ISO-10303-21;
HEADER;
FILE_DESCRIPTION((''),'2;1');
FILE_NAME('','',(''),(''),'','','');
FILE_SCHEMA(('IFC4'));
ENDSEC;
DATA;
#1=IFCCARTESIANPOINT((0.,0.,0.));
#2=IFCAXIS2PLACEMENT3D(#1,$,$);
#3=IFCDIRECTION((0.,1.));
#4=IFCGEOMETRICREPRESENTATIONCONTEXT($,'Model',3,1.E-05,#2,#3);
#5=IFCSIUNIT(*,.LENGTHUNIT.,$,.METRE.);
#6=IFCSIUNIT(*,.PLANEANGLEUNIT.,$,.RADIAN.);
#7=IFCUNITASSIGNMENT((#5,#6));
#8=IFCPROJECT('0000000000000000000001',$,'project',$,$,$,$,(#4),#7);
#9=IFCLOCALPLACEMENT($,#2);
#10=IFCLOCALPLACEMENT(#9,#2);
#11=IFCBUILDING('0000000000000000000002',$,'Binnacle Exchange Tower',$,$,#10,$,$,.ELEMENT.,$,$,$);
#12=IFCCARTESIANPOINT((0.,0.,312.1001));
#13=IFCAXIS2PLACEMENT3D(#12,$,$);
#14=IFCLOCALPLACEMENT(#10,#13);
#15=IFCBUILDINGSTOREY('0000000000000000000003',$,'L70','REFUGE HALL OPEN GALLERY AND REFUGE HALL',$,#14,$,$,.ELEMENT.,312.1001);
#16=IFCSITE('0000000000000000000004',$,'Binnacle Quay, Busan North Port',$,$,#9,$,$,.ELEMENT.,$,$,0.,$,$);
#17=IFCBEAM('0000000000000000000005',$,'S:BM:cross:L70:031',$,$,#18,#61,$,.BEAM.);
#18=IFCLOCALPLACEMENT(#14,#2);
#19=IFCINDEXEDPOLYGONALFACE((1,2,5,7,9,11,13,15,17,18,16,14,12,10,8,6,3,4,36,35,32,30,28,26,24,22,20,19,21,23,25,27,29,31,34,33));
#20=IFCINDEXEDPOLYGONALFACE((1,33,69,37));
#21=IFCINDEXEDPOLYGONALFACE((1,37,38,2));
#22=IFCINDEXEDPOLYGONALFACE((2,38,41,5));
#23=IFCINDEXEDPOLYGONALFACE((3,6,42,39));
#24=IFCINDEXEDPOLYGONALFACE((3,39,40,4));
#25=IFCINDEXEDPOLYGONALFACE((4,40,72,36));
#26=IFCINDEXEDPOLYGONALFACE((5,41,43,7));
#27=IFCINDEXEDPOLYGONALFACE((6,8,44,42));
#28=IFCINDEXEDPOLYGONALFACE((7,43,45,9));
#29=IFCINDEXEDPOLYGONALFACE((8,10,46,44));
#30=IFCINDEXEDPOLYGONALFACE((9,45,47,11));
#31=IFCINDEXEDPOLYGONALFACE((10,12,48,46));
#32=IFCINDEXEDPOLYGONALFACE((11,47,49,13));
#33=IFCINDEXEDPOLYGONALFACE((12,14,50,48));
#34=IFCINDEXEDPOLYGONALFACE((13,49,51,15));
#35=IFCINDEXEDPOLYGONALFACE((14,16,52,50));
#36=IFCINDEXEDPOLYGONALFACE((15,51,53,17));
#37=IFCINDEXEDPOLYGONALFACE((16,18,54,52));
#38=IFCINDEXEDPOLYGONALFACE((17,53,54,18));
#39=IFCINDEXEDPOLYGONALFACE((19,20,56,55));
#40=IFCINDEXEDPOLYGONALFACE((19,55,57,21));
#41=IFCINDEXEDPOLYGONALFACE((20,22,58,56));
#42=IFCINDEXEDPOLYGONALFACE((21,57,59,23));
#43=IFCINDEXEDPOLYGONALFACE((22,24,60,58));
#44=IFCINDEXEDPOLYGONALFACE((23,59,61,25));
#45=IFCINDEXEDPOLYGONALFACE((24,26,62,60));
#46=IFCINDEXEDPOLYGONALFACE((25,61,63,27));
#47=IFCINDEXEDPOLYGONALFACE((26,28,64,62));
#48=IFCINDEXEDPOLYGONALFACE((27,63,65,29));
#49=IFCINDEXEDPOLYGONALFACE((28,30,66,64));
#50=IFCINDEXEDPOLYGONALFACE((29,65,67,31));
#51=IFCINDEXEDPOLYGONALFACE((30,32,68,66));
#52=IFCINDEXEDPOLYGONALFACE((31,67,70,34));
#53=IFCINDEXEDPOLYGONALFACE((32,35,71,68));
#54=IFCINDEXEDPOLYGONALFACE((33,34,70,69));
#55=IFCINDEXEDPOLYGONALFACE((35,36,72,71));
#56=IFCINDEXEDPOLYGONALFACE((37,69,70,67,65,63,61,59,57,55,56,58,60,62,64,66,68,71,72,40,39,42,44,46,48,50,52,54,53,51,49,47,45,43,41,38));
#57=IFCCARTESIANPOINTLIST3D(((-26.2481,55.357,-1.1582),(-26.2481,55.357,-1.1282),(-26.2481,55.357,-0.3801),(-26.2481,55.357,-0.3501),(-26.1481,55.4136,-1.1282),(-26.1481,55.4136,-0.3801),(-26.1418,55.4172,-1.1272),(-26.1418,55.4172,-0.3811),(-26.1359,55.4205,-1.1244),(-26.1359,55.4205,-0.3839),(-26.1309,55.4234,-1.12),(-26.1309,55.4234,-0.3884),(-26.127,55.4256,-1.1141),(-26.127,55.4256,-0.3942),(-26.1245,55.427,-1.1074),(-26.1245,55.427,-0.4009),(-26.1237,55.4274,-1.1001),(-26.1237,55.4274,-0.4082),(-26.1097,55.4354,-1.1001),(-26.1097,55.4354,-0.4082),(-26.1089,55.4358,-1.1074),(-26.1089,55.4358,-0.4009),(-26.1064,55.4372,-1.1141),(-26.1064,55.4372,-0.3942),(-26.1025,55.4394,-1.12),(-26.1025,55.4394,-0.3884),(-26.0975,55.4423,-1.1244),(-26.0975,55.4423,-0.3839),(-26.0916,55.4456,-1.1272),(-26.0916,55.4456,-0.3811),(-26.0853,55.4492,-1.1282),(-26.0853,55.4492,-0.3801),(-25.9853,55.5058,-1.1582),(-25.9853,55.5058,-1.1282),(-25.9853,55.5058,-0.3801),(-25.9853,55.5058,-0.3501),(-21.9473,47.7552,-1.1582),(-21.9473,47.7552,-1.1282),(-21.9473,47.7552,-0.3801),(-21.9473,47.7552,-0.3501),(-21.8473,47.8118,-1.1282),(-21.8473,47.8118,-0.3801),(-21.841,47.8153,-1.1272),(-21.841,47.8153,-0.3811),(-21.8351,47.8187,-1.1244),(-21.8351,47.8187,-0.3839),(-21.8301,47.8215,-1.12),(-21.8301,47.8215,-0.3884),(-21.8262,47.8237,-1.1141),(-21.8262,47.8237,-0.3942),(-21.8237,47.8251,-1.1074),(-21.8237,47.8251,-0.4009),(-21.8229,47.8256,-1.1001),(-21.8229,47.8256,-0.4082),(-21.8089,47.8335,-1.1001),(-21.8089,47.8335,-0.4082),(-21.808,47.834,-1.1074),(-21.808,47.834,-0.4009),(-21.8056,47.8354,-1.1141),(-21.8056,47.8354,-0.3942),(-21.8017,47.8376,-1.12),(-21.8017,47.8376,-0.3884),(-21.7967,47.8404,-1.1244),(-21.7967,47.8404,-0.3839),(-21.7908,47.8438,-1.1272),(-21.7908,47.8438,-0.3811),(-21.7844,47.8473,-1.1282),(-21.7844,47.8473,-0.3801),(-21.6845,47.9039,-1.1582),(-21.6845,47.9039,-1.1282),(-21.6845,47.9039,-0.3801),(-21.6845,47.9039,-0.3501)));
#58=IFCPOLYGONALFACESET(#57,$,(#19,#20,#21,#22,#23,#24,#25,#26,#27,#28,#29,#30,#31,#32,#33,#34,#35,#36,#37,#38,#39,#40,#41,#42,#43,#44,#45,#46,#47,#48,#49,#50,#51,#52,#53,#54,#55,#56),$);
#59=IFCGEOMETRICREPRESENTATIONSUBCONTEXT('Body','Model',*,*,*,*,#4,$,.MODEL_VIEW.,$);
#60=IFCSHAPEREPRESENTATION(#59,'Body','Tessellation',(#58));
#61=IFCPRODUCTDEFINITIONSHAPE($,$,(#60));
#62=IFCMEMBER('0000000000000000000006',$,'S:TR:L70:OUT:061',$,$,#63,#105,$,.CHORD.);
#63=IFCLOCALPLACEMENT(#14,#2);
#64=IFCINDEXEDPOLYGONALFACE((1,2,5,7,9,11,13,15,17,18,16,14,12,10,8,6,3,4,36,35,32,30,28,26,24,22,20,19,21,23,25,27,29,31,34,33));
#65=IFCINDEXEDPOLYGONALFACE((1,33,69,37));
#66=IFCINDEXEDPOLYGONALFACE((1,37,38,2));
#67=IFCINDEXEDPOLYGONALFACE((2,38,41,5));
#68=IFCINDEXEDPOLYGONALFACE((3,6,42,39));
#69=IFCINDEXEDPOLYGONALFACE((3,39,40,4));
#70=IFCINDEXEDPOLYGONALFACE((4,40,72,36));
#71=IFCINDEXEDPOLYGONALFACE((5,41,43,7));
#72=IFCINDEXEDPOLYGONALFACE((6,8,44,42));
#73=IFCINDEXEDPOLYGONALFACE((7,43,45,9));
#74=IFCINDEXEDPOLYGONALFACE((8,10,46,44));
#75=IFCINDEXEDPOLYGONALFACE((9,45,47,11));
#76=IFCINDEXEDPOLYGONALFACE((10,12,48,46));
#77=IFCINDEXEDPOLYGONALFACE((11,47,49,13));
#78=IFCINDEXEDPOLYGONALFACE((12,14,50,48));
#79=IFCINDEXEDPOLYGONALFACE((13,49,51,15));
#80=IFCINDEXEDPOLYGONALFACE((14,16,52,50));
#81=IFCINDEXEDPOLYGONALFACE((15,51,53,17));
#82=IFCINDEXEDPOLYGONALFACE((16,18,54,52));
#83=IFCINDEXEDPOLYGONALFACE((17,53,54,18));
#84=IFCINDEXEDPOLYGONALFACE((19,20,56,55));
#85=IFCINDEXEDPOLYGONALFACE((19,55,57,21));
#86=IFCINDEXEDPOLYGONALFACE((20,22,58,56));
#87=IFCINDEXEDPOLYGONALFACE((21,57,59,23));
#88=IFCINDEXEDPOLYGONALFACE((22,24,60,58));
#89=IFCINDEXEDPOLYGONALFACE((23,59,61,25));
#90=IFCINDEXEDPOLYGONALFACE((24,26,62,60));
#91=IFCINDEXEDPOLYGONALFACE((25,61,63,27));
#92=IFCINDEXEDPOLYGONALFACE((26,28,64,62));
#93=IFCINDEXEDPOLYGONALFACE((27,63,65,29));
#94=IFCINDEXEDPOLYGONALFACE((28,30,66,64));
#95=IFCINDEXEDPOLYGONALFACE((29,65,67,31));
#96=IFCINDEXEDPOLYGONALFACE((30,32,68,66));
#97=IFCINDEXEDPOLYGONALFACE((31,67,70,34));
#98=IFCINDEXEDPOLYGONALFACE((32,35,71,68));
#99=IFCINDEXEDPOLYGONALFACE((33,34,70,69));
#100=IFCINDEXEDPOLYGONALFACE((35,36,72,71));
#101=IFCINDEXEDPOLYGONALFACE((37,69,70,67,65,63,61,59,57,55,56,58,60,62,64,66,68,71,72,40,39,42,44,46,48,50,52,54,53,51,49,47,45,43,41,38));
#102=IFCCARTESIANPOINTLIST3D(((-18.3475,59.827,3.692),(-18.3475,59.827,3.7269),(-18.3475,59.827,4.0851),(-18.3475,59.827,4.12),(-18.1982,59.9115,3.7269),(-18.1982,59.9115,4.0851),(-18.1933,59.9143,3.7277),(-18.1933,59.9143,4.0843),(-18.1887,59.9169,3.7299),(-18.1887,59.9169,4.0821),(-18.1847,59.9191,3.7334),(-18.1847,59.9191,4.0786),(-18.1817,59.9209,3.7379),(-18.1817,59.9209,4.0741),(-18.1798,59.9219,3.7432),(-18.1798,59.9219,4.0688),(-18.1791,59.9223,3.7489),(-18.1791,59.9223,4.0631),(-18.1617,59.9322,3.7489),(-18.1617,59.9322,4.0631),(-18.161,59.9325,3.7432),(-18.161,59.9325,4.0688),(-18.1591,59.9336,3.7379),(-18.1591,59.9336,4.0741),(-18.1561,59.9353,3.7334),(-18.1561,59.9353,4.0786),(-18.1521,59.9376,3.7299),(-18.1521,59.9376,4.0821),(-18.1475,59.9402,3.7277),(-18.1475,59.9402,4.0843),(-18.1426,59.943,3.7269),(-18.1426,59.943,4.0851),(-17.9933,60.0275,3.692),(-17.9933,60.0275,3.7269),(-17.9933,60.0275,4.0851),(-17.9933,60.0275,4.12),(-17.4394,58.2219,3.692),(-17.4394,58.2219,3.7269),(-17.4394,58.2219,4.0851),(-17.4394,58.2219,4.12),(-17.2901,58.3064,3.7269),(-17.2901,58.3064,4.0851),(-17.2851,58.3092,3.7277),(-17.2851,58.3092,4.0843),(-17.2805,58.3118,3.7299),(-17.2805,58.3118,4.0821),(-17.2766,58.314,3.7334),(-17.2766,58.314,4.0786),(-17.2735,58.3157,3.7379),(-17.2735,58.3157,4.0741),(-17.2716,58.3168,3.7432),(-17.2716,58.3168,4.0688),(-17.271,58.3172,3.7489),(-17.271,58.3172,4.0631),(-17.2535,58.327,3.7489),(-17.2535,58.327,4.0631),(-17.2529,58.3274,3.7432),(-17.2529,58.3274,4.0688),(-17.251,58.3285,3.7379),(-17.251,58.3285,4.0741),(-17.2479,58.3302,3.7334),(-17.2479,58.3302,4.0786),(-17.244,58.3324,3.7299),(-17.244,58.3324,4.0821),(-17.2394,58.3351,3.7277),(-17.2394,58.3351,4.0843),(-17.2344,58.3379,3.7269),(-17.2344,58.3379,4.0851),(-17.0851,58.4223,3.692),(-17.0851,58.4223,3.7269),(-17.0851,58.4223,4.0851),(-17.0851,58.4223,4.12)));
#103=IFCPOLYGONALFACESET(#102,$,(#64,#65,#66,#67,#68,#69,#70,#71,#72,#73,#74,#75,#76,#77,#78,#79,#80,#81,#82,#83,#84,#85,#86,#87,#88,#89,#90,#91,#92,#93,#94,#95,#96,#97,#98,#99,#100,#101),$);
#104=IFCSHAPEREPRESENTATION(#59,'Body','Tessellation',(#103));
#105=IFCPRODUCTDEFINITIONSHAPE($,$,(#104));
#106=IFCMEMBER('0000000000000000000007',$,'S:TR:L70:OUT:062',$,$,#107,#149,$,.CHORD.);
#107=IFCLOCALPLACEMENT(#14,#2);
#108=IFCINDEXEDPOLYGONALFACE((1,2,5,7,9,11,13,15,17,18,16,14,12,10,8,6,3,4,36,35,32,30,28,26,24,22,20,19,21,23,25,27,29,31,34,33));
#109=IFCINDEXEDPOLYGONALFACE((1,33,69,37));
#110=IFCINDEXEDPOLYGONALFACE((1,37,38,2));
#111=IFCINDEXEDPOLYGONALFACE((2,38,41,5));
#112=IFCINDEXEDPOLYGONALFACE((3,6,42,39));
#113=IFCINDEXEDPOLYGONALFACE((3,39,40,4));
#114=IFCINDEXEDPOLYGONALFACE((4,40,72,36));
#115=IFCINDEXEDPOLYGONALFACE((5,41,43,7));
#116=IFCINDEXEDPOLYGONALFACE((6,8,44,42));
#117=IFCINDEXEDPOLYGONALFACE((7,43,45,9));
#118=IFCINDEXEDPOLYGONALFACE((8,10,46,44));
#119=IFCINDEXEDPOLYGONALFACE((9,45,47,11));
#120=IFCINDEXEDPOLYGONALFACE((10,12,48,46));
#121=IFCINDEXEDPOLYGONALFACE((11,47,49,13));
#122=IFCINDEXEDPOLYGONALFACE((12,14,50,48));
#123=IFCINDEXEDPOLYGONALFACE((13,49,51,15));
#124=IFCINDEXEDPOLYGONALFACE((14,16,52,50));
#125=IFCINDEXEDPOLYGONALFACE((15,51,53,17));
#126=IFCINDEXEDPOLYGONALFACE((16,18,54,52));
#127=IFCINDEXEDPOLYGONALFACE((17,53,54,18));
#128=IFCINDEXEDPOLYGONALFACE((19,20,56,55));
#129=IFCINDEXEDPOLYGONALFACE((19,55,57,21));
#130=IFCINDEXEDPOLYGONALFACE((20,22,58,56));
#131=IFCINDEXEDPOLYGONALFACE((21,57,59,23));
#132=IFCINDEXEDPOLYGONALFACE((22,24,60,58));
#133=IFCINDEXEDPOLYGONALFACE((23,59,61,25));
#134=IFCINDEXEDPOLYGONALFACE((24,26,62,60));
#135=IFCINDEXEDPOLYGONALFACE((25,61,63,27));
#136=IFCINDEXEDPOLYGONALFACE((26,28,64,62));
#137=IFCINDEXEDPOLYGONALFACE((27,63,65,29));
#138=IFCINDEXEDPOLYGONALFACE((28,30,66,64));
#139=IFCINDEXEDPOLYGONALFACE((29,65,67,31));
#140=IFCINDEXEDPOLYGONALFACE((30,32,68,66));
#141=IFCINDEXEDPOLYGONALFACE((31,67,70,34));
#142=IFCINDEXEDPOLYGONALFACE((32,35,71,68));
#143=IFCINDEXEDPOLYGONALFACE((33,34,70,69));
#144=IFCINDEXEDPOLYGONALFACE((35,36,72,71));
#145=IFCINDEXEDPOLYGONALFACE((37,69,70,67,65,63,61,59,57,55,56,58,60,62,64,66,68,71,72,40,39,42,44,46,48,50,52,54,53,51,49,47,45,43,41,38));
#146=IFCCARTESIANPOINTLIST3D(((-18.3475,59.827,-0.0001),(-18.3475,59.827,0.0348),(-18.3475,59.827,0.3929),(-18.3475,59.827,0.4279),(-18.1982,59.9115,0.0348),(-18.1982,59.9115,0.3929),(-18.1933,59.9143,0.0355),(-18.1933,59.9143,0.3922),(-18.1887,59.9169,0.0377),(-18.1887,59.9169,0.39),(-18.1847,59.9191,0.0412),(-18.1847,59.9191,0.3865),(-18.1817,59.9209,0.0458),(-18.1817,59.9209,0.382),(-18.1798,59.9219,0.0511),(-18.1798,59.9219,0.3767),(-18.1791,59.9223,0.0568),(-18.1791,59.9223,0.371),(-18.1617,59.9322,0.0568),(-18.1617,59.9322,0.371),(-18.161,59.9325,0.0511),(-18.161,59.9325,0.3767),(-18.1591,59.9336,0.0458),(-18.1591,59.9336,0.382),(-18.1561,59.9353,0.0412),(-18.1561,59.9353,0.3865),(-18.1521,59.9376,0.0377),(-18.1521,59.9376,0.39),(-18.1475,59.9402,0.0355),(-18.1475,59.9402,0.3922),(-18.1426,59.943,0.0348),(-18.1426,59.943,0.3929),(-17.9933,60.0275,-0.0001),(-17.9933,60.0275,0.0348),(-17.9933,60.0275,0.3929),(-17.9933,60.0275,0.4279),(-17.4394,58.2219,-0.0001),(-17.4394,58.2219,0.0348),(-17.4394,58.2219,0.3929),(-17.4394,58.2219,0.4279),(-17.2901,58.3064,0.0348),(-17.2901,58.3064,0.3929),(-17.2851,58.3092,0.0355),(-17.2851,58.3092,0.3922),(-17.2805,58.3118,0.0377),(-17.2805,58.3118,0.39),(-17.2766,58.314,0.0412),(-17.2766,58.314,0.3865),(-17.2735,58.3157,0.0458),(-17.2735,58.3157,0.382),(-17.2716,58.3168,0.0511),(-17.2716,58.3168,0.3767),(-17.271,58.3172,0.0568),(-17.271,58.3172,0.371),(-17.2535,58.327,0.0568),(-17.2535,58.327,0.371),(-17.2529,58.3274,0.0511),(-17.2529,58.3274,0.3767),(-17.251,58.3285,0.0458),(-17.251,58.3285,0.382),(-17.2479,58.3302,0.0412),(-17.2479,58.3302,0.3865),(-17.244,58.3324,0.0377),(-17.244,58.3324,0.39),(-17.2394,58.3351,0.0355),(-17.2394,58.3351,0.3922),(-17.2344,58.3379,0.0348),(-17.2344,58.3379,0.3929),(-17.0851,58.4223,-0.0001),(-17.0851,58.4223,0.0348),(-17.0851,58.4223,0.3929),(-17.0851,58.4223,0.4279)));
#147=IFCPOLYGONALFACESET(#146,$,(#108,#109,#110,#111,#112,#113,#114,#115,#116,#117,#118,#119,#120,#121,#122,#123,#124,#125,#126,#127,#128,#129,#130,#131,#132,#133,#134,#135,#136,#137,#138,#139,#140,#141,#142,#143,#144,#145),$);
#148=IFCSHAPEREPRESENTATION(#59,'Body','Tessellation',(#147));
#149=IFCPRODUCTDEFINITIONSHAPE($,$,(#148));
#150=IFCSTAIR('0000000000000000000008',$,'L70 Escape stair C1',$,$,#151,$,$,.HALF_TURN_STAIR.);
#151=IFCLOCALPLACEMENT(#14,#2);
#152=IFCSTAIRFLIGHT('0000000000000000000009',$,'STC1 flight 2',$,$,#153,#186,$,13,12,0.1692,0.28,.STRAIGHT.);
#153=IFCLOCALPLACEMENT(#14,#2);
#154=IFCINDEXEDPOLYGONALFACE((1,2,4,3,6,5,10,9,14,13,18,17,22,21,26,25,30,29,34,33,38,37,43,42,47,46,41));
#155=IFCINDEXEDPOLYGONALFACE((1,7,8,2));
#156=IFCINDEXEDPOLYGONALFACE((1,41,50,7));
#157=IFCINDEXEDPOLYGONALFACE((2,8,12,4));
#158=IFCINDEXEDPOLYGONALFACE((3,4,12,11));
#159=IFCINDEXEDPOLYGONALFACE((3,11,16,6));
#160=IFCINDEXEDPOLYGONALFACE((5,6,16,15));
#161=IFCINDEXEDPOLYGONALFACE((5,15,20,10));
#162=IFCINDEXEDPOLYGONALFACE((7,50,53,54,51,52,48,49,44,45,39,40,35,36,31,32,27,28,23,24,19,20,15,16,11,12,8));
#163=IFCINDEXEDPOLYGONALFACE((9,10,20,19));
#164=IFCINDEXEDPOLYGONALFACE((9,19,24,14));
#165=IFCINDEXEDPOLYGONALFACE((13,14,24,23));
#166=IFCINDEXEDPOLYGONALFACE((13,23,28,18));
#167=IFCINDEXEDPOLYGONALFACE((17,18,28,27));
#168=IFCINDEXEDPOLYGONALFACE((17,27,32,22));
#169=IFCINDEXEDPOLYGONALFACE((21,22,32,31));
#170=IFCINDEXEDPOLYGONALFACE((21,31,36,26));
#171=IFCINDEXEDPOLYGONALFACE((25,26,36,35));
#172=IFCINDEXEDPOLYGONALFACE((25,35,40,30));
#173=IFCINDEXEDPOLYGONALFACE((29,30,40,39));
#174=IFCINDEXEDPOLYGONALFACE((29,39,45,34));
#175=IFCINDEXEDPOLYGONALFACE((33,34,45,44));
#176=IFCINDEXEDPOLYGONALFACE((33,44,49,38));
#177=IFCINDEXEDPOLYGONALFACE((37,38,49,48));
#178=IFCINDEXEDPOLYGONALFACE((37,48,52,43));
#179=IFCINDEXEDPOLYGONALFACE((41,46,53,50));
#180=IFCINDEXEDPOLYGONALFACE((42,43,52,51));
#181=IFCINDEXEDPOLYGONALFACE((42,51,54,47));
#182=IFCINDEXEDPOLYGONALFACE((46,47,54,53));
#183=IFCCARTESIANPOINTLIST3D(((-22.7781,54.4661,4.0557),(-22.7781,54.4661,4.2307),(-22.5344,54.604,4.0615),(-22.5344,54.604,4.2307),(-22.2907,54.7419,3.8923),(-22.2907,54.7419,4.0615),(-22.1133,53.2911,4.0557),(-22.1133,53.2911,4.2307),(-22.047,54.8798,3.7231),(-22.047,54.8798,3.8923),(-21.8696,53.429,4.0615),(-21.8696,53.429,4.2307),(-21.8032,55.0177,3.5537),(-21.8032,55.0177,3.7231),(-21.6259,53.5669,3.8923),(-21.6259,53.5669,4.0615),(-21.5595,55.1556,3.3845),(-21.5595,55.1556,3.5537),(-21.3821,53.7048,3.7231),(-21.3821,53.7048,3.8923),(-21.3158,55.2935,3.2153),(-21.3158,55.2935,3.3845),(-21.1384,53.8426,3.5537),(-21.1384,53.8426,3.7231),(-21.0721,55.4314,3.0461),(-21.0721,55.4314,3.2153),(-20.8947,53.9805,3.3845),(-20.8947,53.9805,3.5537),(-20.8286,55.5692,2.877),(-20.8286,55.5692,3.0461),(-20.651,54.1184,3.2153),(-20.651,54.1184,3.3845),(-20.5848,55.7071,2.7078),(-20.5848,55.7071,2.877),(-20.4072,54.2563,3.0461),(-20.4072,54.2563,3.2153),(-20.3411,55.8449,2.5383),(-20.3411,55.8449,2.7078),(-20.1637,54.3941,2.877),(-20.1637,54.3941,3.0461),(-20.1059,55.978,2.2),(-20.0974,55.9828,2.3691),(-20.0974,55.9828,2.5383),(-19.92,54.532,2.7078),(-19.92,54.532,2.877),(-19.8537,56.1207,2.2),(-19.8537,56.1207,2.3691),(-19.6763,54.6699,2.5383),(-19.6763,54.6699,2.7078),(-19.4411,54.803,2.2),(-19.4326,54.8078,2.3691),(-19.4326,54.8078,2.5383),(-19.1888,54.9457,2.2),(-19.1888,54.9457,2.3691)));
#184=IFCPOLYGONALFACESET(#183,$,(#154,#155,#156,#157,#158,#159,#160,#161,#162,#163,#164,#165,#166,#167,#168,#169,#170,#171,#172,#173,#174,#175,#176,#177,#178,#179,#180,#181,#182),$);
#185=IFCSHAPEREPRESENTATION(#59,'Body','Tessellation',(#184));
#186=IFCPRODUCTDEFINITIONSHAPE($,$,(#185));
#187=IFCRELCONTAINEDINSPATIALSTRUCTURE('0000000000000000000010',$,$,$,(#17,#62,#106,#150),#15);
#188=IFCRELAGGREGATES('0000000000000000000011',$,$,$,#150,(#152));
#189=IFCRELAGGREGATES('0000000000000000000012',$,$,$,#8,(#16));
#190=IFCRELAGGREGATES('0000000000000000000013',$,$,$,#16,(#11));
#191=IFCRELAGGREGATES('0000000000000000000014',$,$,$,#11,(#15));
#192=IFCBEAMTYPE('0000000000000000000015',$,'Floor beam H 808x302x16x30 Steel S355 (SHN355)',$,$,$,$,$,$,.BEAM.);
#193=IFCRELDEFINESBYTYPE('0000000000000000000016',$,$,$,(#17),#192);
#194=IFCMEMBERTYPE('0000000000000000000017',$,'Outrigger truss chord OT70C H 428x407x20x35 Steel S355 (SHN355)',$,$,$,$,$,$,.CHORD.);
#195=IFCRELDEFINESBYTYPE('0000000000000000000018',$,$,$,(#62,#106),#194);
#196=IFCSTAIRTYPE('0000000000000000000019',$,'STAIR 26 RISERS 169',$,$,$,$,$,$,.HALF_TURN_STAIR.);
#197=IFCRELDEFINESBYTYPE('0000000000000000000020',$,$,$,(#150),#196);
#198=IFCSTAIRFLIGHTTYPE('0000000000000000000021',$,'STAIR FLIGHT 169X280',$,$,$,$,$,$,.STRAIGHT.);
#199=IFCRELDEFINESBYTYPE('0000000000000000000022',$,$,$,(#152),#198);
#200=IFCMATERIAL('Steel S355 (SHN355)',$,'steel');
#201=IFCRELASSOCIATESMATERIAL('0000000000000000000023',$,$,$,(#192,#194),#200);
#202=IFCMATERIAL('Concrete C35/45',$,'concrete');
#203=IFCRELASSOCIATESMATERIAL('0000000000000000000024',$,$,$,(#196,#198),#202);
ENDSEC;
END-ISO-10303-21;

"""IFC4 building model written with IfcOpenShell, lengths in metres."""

from ifc_helpers import new_model, si_unit, direction, frame, origin, origin_2d, place, context, subcontext, project, spatial, polyline, i_section, outline, extrude, material, material_profile, profile_set, type_object, element, aggregate, save


model = new_model("IFC4")

# Units and contexts
model_context = context("Model", 3, precision=1e-05, world=origin(), true_north=direction((0.0, 1.0)))
body_context = subcontext(model_context, "Body", "Model", "MODEL_VIEW")
ifc_project = project(units=[si_unit("LENGTHUNIT", "METRE"), si_unit("PLANEANGLEUNIT", "RADIAN")], contexts=[model_context])

# Site, building, storey
site_placement = place(None, origin())
site = spatial("IfcSite", under=ifc_project, at=site_placement, Name="Binnacle Quay, Busan North Port", CompositionType="ELEMENT", RefElevation=0.0)
building_placement = place(site_placement, origin())
building = spatial("IfcBuilding", under=site, at=building_placement, Name="Binnacle Exchange Tower", CompositionType="ELEMENT")
storey_placement = place(building_placement, frame((0.0, 0.0, 312.1001)))
storey = spatial("IfcBuildingStorey", under=building, at=storey_placement, Name="L70", Description="REFUGE HALL OPEN GALLERY AND REFUGE HALL", CompositionType="ELEMENT", Elevation=312.1001)

# Shared definitions
ifc_material_1 = material(Name="Steel S355 (SHN355)", Category="steel")

# Beam
ifc_material_profile_1 = material_profile(ifc_material_1, i_section(OverallWidth=0.302, OverallDepth=0.8081, WebThickness=0.0161, FlangeThickness=0.03, FilletRadius=0.0281, at=origin_2d()), Name="H 808x302x16x30")
ifc_profile_set_1 = profile_set([ifc_material_profile_1], Name="Steel S355 (SHN355)")
beam_type_1 = type_object("IfcBeamType", Name="Floor beam H 808x302x16x30 Steel S355 (SHN355)", PredefinedType="BEAM", material=ifc_profile_set_1)
beam_1_placement = place(storey_placement, frame((-26.1167, 55.4314, -0.7542), z_axis=(0.492414, -0.870361, 0.0), x_axis=(0.870361, 0.492414, 0.0)))
element("IfcBeam", 1, at=beam_1_placement, inside=storey, type_object=beam_type_1, Name="S:BM:cross:L70:031", PredefinedType="BEAM", context=body_context, shape_type="SweptSolid", body=[
    extrude(i_section(OverallWidth=0.302, OverallDepth=0.8081, WebThickness=0.0161, FlangeThickness=0.03, FilletRadius=0.0281, at=origin_2d()), origin(), (0.0, 0.0, 1.0), 8.7341),
])

# Members
ifc_material_profile_2 = material_profile(ifc_material_1, i_section(OverallWidth=0.407, OverallDepth=0.428, WebThickness=0.02, FlangeThickness=0.0349, FilletRadius=0.022, at=origin_2d()), Name="H 428x407x20x35")
ifc_profile_set_2 = profile_set([ifc_material_profile_2], Name="Steel S355 (SHN355)")
member_type_1 = type_object("IfcMemberType", Name="Outrigger truss chord OT70C H 428x407x20x35 Steel S355 (SHN355)", PredefinedType="CHORD", material=ifc_profile_set_2)
for number, where, z_axis, x_axis, name in (
    (2, (-18.1704, 59.9272, 3.906), (0.492428, -0.870353, 0.0), (0.870353, 0.492428, 0.0), "S:TR:L70:OUT:061"),
    (3, (-18.1704, 59.9272, 0.2139), (0.492428, -0.870353, 0.0), (0.870353, 0.492428, 0.0), "S:TR:L70:OUT:062"),
):
    element("IfcMember", number, at=place(storey_placement, frame(where, z_axis=z_axis, x_axis=x_axis)), inside=storey, type_object=member_type_1, Name=name, PredefinedType="CHORD", context=body_context, shape_type="SweptSolid", body=[
        extrude(i_section(OverallWidth=0.407, OverallDepth=0.428, WebThickness=0.02, FlangeThickness=0.0349, FilletRadius=0.022, at=origin_2d()), origin(), (0.0, 0.0, 1.0), 1.8442),
    ])

# Stair, stair flight
ifc_material_2 = material(Name="Concrete C35/45", Category="concrete")
stair_type = type_object("IfcStairType", Name="STAIR 26 RISERS 169", PredefinedType="HALF_TURN_STAIR", material=ifc_material_2)
stair_placement = place(storey_placement, origin())
stair = element("IfcStair", 4, at=stair_placement, inside=storey, type_object=stair_type, Name="L70 Escape stair C1", PredefinedType="HALF_TURN_STAIR")
stair_flight_type = type_object("IfcStairFlightType", Name="STAIR FLIGHT 169X280", PredefinedType="STRAIGHT", material=ifc_material_2)
stair_flight_placement = place(storey_placement, frame((-19.5212, 55.5332, 2.2), z_axis=(0.0, 0.0, 1.0), x_axis=(-0.870356, -0.492424, 0.0)))
stair_flight = element("IfcStairFlight", 5, at=stair_flight_placement, type_object=stair_flight_type, Name="STC1 flight 2", NumberOfRisers=13, NumberOfTreads=12, PredefinedType="STRAIGHT", RiserHeight=0.1692, TreadLength=0.28, context=body_context, shape_type="SweptSolid", body=[
    extrude(outline(polyline([(0.0, 0.0), (0.0, 0.1692), (0.28, 0.1692), (0.28, 0.3384), (0.5601, 0.3384), (0.5601, 0.5078), (0.8401, 0.5078), (0.8401, 0.677), (1.1201, 0.677), (1.1201, 0.8462), (1.3999, 0.8462), (1.3999, 1.0154), (1.6799, 1.0154), (1.6799, 1.1846), (1.96, 1.1846), (1.96, 1.3538), (2.24, 1.3538), (2.24, 1.5232), (2.52, 1.5232), (2.52, 1.6924), (2.8, 1.6924), (2.8, 1.8616), (3.0801, 1.8616), (3.0801, 2.0308), (3.3601, 2.0308), (3.3601, 2.2), (3.3601, 1.8557), (0.2898, 0.0), (0.0, 0.0)])), frame((0.0, 0.675, 0.0), z_axis=(0.0, -1.0, 0.0), x_axis=(1.0, 0.0, 0.0)), (0.0, 0.0, 1.0), 1.3501),
])
aggregate(stair, [stair_flight])

save(model, "model.ifc")
